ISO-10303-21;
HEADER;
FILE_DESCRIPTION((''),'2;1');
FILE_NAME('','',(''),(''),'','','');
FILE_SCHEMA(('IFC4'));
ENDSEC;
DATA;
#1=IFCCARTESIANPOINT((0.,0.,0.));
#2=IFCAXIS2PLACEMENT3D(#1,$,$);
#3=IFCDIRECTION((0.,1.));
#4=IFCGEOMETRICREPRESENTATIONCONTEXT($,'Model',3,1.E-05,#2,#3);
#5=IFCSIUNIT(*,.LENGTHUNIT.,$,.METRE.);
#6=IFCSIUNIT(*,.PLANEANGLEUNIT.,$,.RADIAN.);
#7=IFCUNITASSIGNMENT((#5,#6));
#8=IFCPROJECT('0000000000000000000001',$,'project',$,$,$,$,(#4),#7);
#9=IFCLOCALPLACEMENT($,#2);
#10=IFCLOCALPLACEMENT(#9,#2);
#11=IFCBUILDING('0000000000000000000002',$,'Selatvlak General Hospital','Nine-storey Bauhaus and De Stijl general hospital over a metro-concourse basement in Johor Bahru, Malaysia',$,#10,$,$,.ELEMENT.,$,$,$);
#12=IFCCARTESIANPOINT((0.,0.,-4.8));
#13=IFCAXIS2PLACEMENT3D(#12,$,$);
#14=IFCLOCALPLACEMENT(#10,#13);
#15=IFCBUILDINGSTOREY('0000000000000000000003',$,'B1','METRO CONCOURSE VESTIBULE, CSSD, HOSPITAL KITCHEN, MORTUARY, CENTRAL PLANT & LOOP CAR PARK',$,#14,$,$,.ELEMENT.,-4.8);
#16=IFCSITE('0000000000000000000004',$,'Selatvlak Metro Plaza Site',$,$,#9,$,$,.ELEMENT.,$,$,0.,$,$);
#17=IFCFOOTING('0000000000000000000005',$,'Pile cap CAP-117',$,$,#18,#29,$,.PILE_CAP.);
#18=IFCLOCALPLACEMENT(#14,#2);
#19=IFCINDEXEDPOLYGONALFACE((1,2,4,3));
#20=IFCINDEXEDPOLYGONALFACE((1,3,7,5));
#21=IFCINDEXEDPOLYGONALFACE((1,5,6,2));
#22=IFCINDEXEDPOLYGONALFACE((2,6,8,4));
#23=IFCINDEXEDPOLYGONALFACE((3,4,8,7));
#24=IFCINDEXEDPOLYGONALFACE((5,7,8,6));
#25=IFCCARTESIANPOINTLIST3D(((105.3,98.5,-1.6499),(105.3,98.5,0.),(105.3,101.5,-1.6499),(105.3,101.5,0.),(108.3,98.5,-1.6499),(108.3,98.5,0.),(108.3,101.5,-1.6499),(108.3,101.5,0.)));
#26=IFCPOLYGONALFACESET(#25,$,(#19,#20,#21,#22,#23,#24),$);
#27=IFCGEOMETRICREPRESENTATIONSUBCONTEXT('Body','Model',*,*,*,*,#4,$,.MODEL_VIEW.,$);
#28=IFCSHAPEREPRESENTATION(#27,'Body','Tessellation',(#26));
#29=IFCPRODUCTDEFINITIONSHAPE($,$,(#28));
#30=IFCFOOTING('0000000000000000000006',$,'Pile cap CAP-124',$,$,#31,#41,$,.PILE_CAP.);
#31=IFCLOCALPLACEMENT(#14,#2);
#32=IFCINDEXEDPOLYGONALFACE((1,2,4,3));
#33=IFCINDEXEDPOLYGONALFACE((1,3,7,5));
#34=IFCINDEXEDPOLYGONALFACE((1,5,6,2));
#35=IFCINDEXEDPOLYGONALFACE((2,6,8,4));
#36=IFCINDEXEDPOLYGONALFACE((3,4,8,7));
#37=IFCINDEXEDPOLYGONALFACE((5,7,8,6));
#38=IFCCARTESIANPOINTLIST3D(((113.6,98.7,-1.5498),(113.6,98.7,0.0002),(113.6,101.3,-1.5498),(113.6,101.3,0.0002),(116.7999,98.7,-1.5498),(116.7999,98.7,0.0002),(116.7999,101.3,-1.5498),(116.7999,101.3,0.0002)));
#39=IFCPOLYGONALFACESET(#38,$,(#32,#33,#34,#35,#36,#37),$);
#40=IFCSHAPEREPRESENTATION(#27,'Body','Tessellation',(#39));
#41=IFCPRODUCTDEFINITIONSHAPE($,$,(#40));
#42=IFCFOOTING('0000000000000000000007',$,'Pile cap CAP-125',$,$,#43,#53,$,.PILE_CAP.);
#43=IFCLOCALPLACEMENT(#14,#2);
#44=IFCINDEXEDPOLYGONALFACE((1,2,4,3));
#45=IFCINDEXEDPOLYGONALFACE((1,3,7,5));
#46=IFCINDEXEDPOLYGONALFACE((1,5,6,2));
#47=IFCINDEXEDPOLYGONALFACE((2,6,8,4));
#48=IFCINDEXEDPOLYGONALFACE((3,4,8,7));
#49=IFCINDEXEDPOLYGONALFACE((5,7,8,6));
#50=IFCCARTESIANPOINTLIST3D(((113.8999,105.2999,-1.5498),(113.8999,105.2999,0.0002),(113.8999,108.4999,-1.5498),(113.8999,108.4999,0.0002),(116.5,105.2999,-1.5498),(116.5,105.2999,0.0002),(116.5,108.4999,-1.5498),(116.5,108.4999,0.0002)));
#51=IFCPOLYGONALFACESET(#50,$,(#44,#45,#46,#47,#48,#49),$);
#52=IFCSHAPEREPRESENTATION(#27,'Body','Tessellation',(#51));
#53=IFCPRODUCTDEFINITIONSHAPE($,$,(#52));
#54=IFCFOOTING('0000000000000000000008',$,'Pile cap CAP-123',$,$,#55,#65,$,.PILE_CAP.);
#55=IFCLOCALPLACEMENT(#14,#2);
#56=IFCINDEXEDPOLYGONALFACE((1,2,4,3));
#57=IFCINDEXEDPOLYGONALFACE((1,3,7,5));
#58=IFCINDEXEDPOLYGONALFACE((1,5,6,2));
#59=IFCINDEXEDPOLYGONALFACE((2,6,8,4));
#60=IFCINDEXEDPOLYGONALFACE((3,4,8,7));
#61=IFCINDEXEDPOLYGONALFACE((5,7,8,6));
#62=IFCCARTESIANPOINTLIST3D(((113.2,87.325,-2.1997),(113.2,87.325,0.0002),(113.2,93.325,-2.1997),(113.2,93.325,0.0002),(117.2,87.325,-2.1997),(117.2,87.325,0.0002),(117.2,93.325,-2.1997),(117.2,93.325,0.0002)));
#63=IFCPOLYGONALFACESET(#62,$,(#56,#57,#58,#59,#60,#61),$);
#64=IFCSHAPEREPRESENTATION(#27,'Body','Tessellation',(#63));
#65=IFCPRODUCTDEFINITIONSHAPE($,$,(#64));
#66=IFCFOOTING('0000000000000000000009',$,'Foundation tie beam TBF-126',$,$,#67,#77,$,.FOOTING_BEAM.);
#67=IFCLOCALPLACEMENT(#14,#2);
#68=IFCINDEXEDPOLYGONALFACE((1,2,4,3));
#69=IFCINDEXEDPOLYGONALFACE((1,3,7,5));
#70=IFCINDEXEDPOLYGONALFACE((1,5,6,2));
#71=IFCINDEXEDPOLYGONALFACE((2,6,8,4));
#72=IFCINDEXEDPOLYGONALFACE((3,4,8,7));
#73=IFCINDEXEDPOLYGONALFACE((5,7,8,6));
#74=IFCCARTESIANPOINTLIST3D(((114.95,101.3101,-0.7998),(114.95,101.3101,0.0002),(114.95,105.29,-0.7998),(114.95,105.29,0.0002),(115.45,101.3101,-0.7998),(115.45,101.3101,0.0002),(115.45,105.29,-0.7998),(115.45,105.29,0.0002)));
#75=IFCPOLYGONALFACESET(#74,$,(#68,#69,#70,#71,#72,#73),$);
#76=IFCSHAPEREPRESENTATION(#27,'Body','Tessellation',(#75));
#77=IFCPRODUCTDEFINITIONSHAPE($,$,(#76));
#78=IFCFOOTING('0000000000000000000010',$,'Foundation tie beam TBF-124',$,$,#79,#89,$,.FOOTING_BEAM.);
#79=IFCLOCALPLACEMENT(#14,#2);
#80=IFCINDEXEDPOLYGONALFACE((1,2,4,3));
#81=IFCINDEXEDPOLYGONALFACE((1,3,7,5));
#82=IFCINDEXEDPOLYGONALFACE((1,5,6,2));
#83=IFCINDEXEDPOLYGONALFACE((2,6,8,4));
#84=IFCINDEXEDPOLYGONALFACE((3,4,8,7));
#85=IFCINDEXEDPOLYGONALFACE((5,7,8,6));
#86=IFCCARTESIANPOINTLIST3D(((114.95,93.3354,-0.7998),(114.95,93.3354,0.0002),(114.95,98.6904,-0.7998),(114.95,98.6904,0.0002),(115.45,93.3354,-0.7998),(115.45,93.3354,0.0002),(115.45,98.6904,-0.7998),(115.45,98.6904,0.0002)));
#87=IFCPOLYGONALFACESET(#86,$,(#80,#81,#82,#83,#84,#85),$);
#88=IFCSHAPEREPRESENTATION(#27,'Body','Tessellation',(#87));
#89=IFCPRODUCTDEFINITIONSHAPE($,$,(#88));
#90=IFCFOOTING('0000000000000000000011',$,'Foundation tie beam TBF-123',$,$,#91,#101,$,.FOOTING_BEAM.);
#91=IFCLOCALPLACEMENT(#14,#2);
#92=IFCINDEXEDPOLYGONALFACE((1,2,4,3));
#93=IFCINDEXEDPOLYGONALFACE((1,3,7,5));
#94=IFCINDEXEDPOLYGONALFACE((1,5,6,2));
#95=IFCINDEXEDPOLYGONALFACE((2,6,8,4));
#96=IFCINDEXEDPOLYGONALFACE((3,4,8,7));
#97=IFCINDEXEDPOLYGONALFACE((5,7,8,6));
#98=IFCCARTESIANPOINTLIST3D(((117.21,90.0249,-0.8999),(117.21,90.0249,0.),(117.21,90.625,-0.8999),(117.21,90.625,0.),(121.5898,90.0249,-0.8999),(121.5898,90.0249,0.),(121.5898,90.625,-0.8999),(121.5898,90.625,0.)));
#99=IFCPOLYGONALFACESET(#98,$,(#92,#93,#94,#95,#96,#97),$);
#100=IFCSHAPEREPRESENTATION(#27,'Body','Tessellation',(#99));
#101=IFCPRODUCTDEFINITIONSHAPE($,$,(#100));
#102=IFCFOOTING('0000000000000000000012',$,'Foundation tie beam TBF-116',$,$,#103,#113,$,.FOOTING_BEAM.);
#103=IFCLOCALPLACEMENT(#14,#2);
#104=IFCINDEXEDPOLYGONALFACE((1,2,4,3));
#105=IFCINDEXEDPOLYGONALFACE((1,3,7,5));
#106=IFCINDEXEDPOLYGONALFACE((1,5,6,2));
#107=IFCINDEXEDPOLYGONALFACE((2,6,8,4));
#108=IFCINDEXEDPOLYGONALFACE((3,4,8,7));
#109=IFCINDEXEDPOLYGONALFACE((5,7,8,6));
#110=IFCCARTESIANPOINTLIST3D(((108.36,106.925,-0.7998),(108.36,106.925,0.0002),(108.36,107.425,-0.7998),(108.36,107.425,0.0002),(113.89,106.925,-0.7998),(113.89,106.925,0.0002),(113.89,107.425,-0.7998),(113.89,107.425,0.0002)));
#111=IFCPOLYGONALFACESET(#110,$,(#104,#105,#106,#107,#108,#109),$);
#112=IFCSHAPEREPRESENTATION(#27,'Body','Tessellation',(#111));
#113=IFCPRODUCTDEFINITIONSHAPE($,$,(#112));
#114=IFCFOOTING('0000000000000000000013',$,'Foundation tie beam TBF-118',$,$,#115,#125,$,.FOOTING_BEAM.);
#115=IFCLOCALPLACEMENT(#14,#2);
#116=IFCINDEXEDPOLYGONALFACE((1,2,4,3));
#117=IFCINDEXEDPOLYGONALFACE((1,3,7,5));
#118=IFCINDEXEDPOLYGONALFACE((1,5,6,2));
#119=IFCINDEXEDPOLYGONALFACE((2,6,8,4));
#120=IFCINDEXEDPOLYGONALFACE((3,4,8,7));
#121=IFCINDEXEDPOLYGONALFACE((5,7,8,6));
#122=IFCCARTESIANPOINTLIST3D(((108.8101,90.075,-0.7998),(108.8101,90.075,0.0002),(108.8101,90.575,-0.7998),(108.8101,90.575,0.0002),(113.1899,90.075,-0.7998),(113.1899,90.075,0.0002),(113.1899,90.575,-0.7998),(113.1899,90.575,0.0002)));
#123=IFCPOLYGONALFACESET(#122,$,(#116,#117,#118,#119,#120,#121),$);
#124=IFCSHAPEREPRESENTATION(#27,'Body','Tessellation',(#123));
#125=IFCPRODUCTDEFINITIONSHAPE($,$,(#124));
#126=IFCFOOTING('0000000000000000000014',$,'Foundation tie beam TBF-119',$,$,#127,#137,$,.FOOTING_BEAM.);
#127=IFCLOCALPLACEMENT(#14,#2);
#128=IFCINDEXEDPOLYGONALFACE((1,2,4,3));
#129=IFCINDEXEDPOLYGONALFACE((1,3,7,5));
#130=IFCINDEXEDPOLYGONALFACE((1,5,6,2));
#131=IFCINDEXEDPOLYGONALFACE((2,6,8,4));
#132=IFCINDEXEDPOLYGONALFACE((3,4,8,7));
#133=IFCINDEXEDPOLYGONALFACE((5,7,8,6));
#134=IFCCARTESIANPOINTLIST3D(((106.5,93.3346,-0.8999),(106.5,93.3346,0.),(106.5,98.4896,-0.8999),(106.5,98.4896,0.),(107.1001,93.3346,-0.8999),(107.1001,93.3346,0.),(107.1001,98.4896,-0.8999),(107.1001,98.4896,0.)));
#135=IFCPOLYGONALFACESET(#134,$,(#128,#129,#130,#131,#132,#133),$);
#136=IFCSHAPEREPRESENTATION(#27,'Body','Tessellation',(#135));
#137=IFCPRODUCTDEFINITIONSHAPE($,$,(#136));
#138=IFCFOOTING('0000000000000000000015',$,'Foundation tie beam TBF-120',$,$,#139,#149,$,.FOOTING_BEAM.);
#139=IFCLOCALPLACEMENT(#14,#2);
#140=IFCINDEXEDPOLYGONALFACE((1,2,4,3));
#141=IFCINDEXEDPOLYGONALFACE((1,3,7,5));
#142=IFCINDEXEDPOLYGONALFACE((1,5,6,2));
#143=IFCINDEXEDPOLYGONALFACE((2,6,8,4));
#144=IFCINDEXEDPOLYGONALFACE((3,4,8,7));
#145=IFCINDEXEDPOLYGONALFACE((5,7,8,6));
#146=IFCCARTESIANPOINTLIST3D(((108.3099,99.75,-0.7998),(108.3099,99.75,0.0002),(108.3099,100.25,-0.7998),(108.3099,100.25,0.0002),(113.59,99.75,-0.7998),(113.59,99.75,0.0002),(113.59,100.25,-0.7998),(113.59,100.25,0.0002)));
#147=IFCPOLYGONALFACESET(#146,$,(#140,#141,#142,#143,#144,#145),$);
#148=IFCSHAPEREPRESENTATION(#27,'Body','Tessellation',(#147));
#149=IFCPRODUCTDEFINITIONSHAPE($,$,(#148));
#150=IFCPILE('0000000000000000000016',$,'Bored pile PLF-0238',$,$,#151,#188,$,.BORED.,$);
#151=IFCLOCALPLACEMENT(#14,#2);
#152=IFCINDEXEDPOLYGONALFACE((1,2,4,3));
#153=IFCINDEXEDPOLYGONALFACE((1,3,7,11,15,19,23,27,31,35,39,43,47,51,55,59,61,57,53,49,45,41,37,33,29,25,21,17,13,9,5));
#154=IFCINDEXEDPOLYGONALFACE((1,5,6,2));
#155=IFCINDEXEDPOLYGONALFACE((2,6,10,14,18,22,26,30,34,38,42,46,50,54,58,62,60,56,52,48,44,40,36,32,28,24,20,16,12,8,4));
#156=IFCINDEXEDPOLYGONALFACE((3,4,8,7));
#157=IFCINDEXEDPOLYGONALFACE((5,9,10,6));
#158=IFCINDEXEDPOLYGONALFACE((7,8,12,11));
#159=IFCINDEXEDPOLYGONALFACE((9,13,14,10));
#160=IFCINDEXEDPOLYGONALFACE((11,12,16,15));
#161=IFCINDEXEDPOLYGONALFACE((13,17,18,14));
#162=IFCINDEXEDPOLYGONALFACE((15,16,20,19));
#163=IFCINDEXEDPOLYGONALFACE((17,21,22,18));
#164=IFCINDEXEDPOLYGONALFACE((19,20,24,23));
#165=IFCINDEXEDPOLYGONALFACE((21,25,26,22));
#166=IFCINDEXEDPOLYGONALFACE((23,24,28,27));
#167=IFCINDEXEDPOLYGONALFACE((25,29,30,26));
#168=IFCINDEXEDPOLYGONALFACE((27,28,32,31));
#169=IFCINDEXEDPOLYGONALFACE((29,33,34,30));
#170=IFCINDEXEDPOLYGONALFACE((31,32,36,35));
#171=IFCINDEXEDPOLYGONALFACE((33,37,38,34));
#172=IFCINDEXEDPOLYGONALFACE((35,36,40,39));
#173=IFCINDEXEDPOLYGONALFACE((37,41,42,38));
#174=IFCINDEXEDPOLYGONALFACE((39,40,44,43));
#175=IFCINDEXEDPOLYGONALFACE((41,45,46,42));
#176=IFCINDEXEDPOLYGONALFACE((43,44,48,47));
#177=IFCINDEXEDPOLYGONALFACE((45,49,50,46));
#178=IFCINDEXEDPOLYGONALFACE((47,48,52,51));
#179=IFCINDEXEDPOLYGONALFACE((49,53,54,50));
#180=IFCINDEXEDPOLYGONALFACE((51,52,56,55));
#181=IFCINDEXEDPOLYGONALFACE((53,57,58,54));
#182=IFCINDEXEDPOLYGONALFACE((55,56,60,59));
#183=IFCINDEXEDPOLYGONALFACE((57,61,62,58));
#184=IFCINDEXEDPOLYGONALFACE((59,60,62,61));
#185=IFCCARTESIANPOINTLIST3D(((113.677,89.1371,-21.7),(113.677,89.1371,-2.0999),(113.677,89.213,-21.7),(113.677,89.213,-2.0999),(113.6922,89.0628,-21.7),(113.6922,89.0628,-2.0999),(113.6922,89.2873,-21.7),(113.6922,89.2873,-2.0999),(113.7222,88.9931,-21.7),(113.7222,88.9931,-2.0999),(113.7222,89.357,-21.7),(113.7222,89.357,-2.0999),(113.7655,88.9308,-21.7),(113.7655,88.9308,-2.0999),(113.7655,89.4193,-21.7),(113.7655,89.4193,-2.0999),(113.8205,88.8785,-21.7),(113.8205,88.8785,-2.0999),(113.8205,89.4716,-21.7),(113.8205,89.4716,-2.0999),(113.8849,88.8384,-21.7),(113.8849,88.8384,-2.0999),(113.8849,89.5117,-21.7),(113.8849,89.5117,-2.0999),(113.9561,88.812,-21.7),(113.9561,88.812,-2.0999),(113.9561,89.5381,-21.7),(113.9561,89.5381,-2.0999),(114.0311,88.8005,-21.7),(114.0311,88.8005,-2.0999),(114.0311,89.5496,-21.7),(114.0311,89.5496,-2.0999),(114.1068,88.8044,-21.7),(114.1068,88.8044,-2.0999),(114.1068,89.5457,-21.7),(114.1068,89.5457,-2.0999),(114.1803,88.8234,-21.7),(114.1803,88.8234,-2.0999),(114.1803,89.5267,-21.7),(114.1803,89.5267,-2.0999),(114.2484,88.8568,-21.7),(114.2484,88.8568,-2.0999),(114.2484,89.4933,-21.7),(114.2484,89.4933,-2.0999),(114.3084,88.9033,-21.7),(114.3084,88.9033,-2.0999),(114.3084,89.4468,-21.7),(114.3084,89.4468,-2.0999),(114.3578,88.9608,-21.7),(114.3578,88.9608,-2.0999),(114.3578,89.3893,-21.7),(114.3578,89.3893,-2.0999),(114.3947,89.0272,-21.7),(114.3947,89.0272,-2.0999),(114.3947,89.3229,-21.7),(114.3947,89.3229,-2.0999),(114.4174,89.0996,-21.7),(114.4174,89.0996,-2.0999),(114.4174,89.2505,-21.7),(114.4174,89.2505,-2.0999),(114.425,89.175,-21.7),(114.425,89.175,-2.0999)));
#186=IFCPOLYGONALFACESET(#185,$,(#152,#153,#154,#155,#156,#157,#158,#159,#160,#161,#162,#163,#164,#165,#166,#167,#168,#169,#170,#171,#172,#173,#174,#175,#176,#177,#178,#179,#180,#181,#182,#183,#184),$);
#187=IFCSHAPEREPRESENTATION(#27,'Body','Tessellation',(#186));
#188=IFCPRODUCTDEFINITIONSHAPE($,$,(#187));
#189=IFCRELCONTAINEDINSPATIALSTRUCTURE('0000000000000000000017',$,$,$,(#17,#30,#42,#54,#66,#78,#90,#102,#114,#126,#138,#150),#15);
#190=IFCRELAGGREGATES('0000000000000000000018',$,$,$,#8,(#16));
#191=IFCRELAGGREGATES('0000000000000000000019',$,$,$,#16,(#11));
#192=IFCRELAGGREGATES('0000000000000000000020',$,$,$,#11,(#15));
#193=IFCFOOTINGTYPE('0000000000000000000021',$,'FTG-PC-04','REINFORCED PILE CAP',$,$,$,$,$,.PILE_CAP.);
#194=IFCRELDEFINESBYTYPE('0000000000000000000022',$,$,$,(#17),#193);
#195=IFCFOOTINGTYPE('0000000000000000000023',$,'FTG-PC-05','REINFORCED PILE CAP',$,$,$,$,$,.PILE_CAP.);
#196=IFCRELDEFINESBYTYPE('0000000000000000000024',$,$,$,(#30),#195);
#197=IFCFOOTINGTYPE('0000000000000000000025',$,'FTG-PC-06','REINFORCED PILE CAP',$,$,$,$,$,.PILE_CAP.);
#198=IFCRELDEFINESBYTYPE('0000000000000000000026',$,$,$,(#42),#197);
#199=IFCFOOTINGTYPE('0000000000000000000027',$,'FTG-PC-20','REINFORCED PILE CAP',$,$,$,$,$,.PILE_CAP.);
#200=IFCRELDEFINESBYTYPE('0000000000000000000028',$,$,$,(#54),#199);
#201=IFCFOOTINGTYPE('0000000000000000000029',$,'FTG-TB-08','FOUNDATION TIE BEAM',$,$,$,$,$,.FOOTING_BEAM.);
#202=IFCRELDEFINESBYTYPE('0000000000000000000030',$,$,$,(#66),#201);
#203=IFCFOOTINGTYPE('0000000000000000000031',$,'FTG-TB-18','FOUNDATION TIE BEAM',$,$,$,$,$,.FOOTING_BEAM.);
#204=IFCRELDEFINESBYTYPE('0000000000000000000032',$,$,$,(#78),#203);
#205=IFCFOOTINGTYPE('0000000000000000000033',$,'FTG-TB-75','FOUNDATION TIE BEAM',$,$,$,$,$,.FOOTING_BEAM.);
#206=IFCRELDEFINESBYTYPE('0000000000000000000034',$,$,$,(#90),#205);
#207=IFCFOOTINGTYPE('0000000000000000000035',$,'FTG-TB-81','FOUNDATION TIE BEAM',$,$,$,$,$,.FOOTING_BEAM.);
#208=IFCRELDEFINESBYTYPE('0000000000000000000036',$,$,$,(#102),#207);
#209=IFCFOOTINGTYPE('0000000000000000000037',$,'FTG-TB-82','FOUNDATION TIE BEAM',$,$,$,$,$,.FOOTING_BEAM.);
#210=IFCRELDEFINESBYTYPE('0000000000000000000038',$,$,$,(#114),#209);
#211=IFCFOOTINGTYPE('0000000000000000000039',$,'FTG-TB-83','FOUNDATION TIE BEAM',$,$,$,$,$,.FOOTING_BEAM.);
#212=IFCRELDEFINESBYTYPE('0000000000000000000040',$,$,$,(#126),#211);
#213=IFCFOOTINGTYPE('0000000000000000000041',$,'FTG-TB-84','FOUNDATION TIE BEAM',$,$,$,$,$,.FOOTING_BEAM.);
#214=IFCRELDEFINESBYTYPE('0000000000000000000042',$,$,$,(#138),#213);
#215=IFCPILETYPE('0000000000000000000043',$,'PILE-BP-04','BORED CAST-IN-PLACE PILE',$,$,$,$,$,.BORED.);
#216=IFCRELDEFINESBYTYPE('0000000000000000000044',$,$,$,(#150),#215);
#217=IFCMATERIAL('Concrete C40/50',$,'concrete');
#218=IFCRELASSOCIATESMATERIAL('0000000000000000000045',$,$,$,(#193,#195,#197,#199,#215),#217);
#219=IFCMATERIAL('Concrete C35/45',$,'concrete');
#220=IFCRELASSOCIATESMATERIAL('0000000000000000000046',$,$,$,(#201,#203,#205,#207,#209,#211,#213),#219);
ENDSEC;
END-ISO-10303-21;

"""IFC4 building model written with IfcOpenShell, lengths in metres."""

from ifc_helpers import new_model, si_unit, direction, frame, origin, origin_2d, place, context, subcontext, project, spatial, rectangle, circle, extrude, material, material_profile, profile_set, type_object, element, save


model = new_model("IFC4")

# Units and contexts
model_context = context("Model", 3, precision=1e-05, world=origin(), true_north=direction((0.0, 1.0)))
body_context = subcontext(model_context, "Body", "Model", "MODEL_VIEW")
ifc_project = project(units=[si_unit("LENGTHUNIT", "METRE"), si_unit("PLANEANGLEUNIT", "RADIAN")], contexts=[model_context])

# Site, building, storey
site_placement = place(None, origin())
site = spatial("IfcSite", under=ifc_project, at=site_placement, Name="Selatvlak Metro Plaza Site", CompositionType="ELEMENT", RefElevation=0.0)
building_placement = place(site_placement, origin())
building = spatial("IfcBuilding", under=site, at=building_placement, Name="Selatvlak General Hospital", Description="Nine-storey Bauhaus and De Stijl general hospital over a metro-concourse basement in Johor Bahru, Malaysia", CompositionType="ELEMENT")
storey_placement = place(building_placement, frame((0.0, 0.0, -4.8)))
storey = spatial("IfcBuildingStorey", under=building, at=storey_placement, Name="B1", Description="METRO CONCOURSE VESTIBULE, CSSD, HOSPITAL KITCHEN, MORTUARY, CENTRAL PLANT & LOOP CAR PARK", CompositionType="ELEMENT", Elevation=-4.8)

# Footings
ifc_material_1 = material(Name="Concrete C40/50", Category="concrete")
footing_type_1 = type_object("IfcFootingType", Name="FTG-PC-04", Description="REINFORCED PILE CAP", PredefinedType="PILE_CAP", material=ifc_material_1)
footing_1_placement = place(storey_placement, frame((106.8, 100.0, -1.6499), z_axis=(0.0, 0.0, 1.0), x_axis=(1.0, 0.0, 0.0)))
element("IfcFooting", 1, at=footing_1_placement, inside=storey, type_object=footing_type_1, Name="Pile cap CAP-117", PredefinedType="PILE_CAP", context=body_context, shape_type="SweptSolid", body=[
    extrude(rectangle(XDim=3.0, YDim=3.0, at=origin_2d()), origin(), (0.0, 0.0, 1.0), 1.6499),
])
footing_type_2 = type_object("IfcFootingType", Name="FTG-PC-05", Description="REINFORCED PILE CAP", PredefinedType="PILE_CAP", material=ifc_material_1)
footing_2_placement = place(storey_placement, frame((115.2, 100.0, -1.5498), z_axis=(0.0, 0.0, 1.0), x_axis=(1.0, 0.0, 0.0)))
element("IfcFooting", 2, at=footing_2_placement, inside=storey, type_object=footing_type_2, Name="Pile cap CAP-124", PredefinedType="PILE_CAP", context=body_context, shape_type="SweptSolid", body=[
    extrude(rectangle(XDim=3.2, YDim=2.6001, at=origin_2d()), origin(), (0.0, 0.0, 1.0), 1.55),
])
footing_type_3 = type_object("IfcFootingType", Name="FTG-PC-06", Description="REINFORCED PILE CAP", PredefinedType="PILE_CAP", material=ifc_material_1)
footing_3_placement = place(storey_placement, frame((115.2, 106.8999, -1.5498), z_axis=(0.0, 0.0, 1.0), x_axis=(1.0, 0.0, 0.0)))
element("IfcFooting", 3, at=footing_3_placement, inside=storey, type_object=footing_type_3, Name="Pile cap CAP-125", PredefinedType="PILE_CAP", context=body_context, shape_type="SweptSolid", body=[
    extrude(rectangle(XDim=2.6001, YDim=3.2, at=origin_2d()), origin(), (0.0, 0.0, 1.0), 1.55),
])
footing_type_4 = type_object("IfcFootingType", Name="FTG-PC-20", Description="REINFORCED PILE CAP", PredefinedType="PILE_CAP", material=ifc_material_1)
footing_4_placement = place(storey_placement, frame((115.2, 90.325, -2.1997), z_axis=(0.0, 0.0, 1.0), x_axis=(1.0, 0.0, 0.0)))
element("IfcFooting", 4, at=footing_4_placement, inside=storey, type_object=footing_type_4, Name="Pile cap CAP-123", PredefinedType="PILE_CAP", context=body_context, shape_type="SweptSolid", body=[
    extrude(rectangle(XDim=4.0, YDim=6.0, at=origin_2d()), origin(), (0.0, 0.0, 1.0), 2.2),
])
ifc_material_2 = material(Name="Concrete C35/45", Category="concrete")
footing_type_5 = type_object("IfcFootingType", Name="FTG-TB-08", Description="FOUNDATION TIE BEAM", PredefinedType="FOOTING_BEAM", material=ifc_material_2)
footing_5_placement = place(storey_placement, frame((115.2, 103.3, -0.7998), z_axis=(0.0, 0.0, 1.0), x_axis=(0.0, 1.0, 0.0)))
element("IfcFooting", 5, at=footing_5_placement, inside=storey, type_object=footing_type_5, Name="Foundation tie beam TBF-126", PredefinedType="FOOTING_BEAM", context=body_context, shape_type="SweptSolid", body=[
    extrude(rectangle(XDim=3.98, YDim=0.5, at=origin_2d()), origin(), (0.0, 0.0, 1.0), 0.8),
])
footing_type_6 = type_object("IfcFootingType", Name="FTG-TB-18", Description="FOUNDATION TIE BEAM", PredefinedType="FOOTING_BEAM", material=ifc_material_2)
footing_6_placement = place(storey_placement, frame((115.2, 96.0129, -0.7998), z_axis=(0.0, 0.0, 1.0), x_axis=(0.0, 1.0, 0.0)))
element("IfcFooting", 6, at=footing_6_placement, inside=storey, type_object=footing_type_6, Name="Foundation tie beam TBF-124", PredefinedType="FOOTING_BEAM", context=body_context, shape_type="SweptSolid", body=[
    extrude(rectangle(XDim=5.355, YDim=0.5, at=origin_2d()), origin(), (0.0, 0.0, 1.0), 0.8),
])
footing_type_7 = type_object("IfcFootingType", Name="FTG-TB-75", Description="FOUNDATION TIE BEAM", PredefinedType="FOOTING_BEAM", material=ifc_material_2)
footing_7_placement = place(storey_placement, frame((119.3999, 90.325, -0.8999), z_axis=(0.0, 0.0, 1.0), x_axis=(1.0, 0.0, 0.0)))
element("IfcFooting", 7, at=footing_7_placement, inside=storey, type_object=footing_type_7, Name="Foundation tie beam TBF-123", PredefinedType="FOOTING_BEAM", context=body_context, shape_type="SweptSolid", body=[
    extrude(rectangle(XDim=4.3799, YDim=0.6001, at=origin_2d()), origin(), (0.0, 0.0, 1.0), 0.8999),
])
footing_type_8 = type_object("IfcFootingType", Name="FTG-TB-81", Description="FOUNDATION TIE BEAM", PredefinedType="FOOTING_BEAM", material=ifc_material_2)
footing_8_placement = place(storey_placement, frame((111.125, 107.175, -0.7998), z_axis=(0.0, 0.0, 1.0), x_axis=(1.0, 0.0, 0.0)))
element("IfcFooting", 8, at=footing_8_placement, inside=storey, type_object=footing_type_8, Name="Foundation tie beam TBF-116", PredefinedType="FOOTING_BEAM", context=body_context, shape_type="SweptSolid", body=[
    extrude(rectangle(XDim=5.53, YDim=0.5, at=origin_2d()), origin(), (0.0, 0.0, 1.0), 0.8),
])
footing_type_9 = type_object("IfcFootingType", Name="FTG-TB-82", Description="FOUNDATION TIE BEAM", PredefinedType="FOOTING_BEAM", material=ifc_material_2)
footing_9_placement = place(storey_placement, frame((111.0, 90.325, -0.7998), z_axis=(0.0, 0.0, 1.0), x_axis=(1.0, 0.0, 0.0)))
element("IfcFooting", 9, at=footing_9_placement, inside=storey, type_object=footing_type_9, Name="Foundation tie beam TBF-118", PredefinedType="FOOTING_BEAM", context=body_context, shape_type="SweptSolid", body=[
    extrude(rectangle(XDim=4.3799, YDim=0.5, at=origin_2d()), origin(), (0.0, 0.0, 1.0), 0.8),
])
footing_type_10 = type_object("IfcFootingType", Name="FTG-TB-83", Description="FOUNDATION TIE BEAM", PredefinedType="FOOTING_BEAM", material=ifc_material_2)
footing_10_placement = place(storey_placement, frame((106.8, 95.9121, -0.8999), z_axis=(0.0, 0.0, 1.0), x_axis=(0.0, 1.0, 0.0)))
element("IfcFooting", 10, at=footing_10_placement, inside=storey, type_object=footing_type_10, Name="Foundation tie beam TBF-119", PredefinedType="FOOTING_BEAM", context=body_context, shape_type="SweptSolid", body=[
    extrude(rectangle(XDim=5.155, YDim=0.6001, at=origin_2d()), origin(), (0.0, 0.0, 1.0), 0.8999),
])
footing_type_11 = type_object("IfcFootingType", Name="FTG-TB-84", Description="FOUNDATION TIE BEAM", PredefinedType="FOOTING_BEAM", material=ifc_material_2)
footing_11_placement = place(storey_placement, frame((110.95, 100.0, -0.7998), z_axis=(0.0, 0.0, 1.0), x_axis=(1.0, 0.0, 0.0)))
element("IfcFooting", 11, at=footing_11_placement, inside=storey, type_object=footing_type_11, Name="Foundation tie beam TBF-120", PredefinedType="FOOTING_BEAM", context=body_context, shape_type="SweptSolid", body=[
    extrude(rectangle(XDim=5.28, YDim=0.5, at=origin_2d()), origin(), (0.0, 0.0, 1.0), 0.8),
])

# Pile
ifc_material_profile_1 = material_profile(ifc_material_1, circle(Radius=0.375, at=origin_2d()), Name="BORED PILE 750")
ifc_profile_set_1 = profile_set([ifc_material_profile_1], Name="Concrete C40/50")
pile_type_1 = type_object("IfcPileType", Name="PILE-BP-04", Description="BORED CAST-IN-PLACE PILE", PredefinedType="BORED", material=ifc_profile_set_1)
for number, where, z_axis, x_axis, name in (
    (12, (114.05, 89.175, -2.0999), (0.0, 0.0, -1.0), (1.0, 0.0, 0.0), "Bored pile PLF-0238"),
):
    element("IfcPile", number, at=place(storey_placement, frame(where, z_axis=z_axis, x_axis=x_axis)), inside=storey, type_object=pile_type_1, Name=name, PredefinedType="BORED", context=body_context, shape_type="SweptSolid", body=[
        extrude(circle(Radius=0.375, at=origin_2d()), origin(), (0.0, 0.0, 1.0), 19.6001),
    ])

save(model, "model.ifc")
